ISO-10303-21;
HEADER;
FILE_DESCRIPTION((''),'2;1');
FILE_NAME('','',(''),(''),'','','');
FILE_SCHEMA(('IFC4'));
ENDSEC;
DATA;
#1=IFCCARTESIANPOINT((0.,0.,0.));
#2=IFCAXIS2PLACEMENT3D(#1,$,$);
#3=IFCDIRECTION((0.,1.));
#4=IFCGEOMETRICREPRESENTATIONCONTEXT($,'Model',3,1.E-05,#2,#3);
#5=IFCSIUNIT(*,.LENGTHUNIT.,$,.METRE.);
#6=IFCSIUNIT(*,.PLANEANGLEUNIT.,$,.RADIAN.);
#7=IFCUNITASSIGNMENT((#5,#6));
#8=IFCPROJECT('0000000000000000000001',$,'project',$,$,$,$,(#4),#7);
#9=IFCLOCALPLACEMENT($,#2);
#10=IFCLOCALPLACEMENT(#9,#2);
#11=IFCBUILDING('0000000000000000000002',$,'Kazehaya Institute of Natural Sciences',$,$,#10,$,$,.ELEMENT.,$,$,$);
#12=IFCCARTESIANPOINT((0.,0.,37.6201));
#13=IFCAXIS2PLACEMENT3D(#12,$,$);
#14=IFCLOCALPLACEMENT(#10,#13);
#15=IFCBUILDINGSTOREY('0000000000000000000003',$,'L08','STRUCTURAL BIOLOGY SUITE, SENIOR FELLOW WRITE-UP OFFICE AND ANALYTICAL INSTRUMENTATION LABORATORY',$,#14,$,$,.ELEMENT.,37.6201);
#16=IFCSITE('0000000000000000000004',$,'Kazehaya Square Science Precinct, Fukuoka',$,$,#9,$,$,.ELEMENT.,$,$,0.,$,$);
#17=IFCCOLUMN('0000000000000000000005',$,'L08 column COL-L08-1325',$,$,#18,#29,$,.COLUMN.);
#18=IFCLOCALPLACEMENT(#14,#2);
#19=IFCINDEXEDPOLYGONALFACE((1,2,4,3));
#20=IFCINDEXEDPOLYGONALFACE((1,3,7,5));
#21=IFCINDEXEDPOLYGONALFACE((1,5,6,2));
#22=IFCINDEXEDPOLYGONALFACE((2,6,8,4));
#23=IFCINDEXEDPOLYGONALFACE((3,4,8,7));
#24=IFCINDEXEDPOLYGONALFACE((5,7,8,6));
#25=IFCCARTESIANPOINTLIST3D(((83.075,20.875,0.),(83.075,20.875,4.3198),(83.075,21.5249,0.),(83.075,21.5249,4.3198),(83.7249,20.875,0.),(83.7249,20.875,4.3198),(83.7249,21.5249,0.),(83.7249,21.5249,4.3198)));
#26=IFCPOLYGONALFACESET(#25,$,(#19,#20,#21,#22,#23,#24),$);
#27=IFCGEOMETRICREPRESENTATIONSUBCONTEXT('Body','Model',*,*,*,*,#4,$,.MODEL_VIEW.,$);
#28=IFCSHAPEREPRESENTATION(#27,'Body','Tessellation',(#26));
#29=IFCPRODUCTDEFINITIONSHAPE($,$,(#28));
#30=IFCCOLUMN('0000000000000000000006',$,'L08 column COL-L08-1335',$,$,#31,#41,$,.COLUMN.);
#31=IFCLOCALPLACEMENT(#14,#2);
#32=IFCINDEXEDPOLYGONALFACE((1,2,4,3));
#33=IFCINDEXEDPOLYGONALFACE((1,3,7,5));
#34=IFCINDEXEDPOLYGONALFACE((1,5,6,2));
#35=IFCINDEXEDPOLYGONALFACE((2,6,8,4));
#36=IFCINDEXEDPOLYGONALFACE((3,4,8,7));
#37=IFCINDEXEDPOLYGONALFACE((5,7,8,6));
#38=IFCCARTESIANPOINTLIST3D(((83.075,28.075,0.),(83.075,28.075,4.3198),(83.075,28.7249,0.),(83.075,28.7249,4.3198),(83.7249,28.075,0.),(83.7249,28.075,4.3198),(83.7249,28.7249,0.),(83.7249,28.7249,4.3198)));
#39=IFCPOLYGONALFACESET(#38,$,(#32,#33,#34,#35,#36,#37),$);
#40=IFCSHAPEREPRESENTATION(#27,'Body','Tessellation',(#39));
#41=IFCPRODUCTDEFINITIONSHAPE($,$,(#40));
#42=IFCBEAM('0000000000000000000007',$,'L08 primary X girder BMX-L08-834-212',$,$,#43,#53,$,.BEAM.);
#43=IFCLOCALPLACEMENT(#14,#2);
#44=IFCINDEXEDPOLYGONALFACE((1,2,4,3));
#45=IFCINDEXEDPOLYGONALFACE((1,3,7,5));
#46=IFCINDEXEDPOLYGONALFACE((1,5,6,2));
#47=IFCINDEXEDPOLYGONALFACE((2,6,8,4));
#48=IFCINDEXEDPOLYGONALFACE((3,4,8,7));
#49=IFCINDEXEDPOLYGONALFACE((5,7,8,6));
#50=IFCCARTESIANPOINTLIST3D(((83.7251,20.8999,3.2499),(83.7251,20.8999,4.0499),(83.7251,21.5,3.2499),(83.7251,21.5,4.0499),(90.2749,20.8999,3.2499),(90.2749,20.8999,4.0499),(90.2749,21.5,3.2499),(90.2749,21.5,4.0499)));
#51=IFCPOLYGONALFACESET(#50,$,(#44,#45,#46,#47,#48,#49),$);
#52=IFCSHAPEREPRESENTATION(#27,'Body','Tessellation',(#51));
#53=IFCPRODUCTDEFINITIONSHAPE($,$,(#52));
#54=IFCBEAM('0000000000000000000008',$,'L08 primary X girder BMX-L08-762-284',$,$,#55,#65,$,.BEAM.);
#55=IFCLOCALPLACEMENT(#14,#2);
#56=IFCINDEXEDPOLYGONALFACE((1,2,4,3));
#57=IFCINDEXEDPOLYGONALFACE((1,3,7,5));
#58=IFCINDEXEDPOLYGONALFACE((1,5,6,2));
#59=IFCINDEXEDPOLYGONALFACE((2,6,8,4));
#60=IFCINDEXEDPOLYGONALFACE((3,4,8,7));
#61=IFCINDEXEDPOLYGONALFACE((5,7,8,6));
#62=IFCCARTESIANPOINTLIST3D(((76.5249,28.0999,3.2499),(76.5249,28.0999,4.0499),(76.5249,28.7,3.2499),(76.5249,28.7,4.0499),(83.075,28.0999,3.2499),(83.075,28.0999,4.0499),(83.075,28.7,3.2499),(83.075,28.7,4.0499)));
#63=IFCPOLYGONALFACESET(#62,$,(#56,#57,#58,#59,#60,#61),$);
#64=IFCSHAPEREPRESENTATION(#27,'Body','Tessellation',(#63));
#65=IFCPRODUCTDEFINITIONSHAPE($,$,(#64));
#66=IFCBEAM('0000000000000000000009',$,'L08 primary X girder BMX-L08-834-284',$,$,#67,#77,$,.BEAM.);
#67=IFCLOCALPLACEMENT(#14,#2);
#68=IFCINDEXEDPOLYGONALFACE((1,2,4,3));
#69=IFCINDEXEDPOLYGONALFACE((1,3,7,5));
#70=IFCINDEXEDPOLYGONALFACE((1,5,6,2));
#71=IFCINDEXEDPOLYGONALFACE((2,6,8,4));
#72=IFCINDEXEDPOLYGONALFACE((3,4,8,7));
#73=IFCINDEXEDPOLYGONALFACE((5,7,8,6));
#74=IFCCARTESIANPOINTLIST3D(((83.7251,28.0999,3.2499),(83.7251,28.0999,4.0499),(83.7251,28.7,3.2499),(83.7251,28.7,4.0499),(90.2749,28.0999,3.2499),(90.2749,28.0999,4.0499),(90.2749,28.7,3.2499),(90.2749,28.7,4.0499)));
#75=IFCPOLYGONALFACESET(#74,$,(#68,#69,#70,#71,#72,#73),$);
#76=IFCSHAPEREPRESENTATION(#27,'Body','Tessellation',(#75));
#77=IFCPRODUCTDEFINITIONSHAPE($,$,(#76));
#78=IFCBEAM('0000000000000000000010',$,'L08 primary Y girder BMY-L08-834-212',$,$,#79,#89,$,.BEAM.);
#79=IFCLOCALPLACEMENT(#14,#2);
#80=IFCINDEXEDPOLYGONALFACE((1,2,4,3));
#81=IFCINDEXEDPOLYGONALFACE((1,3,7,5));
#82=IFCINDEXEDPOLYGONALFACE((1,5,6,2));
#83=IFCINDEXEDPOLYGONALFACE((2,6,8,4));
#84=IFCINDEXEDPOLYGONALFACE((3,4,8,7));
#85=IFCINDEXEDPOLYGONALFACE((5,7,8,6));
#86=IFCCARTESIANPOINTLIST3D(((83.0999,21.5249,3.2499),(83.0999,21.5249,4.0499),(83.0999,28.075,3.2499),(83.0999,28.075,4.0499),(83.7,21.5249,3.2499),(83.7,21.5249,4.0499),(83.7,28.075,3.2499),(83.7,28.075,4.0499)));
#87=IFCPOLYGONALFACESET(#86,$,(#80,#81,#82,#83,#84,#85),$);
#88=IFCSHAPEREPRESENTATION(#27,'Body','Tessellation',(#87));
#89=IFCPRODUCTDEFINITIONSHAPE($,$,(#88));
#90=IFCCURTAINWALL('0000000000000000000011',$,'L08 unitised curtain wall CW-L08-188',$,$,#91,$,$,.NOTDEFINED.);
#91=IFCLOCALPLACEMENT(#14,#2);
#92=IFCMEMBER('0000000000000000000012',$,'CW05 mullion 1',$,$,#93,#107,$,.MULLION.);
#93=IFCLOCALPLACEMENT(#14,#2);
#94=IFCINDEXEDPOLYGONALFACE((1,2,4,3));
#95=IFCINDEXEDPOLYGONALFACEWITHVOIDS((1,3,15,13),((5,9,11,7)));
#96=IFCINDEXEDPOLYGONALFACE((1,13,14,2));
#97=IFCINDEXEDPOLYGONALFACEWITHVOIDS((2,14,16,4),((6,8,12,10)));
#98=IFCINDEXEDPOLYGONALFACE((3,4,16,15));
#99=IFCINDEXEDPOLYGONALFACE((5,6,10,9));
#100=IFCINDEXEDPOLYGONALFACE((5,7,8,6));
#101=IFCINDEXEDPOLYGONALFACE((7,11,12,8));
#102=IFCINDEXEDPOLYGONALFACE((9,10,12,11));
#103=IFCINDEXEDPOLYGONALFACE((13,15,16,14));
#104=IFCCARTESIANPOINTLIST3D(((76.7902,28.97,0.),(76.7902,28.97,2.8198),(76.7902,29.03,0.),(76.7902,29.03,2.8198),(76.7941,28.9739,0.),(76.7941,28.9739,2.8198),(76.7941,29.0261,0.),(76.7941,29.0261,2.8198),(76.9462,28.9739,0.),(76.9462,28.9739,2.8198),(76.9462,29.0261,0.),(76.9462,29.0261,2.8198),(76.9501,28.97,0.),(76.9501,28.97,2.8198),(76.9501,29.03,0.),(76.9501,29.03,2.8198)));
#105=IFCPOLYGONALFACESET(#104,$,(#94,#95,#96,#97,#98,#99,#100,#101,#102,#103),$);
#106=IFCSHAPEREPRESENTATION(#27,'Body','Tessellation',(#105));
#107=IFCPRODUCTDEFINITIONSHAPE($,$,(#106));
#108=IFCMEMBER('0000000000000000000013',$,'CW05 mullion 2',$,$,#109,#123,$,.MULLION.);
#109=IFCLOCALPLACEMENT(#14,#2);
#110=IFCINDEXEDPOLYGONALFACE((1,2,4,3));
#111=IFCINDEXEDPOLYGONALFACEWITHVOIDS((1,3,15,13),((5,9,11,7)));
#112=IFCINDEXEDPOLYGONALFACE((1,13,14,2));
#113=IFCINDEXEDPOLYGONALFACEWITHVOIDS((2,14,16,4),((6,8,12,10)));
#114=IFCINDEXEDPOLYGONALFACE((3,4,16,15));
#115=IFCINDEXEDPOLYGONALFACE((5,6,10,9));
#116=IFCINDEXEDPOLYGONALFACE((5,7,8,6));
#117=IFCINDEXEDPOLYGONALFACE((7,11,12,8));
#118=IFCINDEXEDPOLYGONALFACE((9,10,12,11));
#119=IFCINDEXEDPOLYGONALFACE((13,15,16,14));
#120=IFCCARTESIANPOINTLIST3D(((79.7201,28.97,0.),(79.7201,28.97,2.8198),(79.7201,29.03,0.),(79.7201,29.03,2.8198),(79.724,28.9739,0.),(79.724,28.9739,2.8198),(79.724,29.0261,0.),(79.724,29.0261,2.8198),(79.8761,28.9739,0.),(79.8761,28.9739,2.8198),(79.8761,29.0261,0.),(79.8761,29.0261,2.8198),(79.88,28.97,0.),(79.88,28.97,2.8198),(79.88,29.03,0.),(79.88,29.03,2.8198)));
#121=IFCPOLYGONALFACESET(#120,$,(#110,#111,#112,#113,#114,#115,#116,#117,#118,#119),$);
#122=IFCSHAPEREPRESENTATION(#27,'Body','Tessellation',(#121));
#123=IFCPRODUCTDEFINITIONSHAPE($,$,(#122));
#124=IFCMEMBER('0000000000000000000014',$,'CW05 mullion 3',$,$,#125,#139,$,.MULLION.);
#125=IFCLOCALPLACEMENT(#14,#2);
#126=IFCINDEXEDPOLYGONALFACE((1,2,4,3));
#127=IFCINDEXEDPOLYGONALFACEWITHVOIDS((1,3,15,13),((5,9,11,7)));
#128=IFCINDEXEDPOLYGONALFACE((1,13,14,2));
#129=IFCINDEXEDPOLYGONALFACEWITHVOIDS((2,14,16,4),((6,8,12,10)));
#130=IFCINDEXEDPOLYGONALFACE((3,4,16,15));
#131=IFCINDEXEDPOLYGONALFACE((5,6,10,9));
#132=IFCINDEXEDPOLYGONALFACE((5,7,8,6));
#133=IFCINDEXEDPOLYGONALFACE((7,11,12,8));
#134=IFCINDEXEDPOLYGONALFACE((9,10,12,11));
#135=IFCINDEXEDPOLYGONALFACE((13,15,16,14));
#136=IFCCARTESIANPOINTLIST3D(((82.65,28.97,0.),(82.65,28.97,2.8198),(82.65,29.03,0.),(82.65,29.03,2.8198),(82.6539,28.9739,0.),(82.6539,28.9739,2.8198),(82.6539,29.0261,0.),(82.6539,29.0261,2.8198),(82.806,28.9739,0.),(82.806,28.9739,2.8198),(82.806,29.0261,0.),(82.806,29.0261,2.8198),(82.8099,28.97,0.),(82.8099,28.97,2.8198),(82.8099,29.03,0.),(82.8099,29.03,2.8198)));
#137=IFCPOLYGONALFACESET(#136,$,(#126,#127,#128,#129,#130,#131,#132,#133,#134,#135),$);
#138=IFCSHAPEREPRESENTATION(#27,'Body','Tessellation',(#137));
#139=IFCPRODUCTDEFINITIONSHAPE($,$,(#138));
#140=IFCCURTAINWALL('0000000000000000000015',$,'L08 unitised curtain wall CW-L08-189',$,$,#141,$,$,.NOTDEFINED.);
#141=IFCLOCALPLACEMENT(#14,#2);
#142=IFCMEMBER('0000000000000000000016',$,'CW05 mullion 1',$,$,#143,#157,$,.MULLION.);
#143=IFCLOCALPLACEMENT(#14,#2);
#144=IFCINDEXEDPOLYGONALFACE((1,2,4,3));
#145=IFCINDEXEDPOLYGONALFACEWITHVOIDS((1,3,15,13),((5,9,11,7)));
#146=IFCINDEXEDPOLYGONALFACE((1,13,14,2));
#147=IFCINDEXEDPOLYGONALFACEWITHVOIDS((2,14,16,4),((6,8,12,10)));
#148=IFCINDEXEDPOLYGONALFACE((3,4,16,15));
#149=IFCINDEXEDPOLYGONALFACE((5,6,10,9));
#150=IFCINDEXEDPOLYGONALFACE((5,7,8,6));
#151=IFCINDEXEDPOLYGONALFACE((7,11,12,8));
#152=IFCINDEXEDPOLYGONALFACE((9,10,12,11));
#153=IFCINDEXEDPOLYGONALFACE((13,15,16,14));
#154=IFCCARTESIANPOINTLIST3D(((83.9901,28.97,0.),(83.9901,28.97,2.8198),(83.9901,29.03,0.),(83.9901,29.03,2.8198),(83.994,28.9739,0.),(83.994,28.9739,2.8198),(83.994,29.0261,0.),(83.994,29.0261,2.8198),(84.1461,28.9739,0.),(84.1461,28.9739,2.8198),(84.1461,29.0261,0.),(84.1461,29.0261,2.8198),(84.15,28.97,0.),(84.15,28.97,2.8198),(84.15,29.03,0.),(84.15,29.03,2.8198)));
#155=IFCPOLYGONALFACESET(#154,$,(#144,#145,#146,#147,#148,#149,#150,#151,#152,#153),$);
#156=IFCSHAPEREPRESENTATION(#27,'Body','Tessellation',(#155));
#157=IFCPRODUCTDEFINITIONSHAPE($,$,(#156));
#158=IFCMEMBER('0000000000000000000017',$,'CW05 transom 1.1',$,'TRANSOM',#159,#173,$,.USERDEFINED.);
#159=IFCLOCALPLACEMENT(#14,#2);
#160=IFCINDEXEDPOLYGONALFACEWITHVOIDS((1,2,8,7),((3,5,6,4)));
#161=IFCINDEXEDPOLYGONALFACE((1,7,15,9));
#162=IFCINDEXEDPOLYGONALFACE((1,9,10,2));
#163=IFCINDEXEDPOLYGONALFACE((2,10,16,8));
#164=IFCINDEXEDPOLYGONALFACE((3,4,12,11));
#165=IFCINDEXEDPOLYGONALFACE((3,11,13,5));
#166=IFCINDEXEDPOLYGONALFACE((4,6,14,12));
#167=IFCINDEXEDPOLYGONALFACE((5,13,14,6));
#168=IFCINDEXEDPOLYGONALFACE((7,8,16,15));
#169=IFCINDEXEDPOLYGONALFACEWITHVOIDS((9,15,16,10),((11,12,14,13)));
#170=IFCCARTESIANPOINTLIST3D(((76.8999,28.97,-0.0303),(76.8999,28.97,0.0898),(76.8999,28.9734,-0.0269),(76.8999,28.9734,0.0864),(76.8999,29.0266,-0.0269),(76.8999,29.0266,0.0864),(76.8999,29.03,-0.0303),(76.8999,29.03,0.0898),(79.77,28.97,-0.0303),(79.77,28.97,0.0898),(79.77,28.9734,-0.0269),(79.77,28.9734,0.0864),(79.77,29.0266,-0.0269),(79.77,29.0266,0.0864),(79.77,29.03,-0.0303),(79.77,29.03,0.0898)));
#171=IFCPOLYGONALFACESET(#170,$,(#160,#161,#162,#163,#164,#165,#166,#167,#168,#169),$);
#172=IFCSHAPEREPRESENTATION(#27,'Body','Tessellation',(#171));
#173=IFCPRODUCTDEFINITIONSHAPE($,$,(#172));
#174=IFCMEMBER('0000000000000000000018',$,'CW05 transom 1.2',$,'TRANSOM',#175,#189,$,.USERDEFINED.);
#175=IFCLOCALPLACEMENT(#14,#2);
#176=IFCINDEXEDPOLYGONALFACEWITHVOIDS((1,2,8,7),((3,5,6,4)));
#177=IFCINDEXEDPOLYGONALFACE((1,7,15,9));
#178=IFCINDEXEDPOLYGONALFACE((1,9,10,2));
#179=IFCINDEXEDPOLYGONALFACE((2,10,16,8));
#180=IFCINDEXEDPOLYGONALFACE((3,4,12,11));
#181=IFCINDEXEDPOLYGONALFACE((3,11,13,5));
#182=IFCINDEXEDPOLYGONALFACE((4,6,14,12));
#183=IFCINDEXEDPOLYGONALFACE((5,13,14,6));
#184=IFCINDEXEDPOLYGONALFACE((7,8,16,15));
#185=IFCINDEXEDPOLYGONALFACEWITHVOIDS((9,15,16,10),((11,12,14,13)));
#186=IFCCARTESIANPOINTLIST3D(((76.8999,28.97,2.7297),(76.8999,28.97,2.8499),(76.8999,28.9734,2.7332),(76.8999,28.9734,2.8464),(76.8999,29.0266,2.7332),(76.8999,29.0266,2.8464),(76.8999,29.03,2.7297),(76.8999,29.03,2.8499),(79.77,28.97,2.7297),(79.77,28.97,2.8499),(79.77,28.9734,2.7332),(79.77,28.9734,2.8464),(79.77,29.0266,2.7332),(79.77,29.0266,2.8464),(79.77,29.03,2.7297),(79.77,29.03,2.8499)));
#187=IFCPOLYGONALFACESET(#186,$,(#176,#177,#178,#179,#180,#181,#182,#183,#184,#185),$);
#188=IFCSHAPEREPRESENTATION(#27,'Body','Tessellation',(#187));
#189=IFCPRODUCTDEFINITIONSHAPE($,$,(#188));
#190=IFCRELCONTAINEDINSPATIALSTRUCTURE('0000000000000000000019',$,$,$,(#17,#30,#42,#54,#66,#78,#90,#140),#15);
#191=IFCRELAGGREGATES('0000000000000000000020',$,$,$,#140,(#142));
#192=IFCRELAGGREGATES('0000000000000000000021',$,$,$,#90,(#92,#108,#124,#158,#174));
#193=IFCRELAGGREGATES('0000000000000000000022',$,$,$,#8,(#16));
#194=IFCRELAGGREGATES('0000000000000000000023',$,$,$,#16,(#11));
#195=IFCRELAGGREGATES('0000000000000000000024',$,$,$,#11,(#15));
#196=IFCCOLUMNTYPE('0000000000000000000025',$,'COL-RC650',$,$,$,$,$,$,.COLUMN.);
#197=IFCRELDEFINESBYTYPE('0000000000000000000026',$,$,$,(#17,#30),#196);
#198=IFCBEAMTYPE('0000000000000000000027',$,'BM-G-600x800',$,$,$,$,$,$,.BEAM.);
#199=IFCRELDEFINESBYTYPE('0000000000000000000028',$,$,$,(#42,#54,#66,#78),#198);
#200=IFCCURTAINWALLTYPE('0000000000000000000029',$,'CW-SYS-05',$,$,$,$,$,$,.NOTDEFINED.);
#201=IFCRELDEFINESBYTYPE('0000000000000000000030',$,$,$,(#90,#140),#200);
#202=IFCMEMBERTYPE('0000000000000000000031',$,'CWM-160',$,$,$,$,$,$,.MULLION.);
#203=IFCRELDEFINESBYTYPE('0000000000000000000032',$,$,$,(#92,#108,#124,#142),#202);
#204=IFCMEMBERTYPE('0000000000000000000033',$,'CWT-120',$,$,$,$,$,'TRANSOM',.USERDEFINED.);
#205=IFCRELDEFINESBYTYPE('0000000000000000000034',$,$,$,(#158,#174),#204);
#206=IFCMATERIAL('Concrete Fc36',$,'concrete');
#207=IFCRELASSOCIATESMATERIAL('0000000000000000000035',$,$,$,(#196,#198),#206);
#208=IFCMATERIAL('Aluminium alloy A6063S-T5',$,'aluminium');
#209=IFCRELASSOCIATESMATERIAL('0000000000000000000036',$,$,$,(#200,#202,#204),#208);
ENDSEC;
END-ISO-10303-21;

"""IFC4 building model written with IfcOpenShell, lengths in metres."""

from ifc_helpers import new_model, si_unit, direction, frame, origin, origin_2d, place, context, subcontext, project, spatial, rectangle, hollow_rectangle, extrude, material, material_profile, profile_set, type_object, element, aggregate, save


model = new_model("IFC4")

# Units and contexts
model_context = context("Model", 3, precision=1e-05, world=origin(), true_north=direction((0.0, 1.0)))
body_context = subcontext(model_context, "Body", "Model", "MODEL_VIEW")
ifc_project = project(units=[si_unit("LENGTHUNIT", "METRE"), si_unit("PLANEANGLEUNIT", "RADIAN")], contexts=[model_context])

# Site, building, storey
site_placement = place(None, origin())
site = spatial("IfcSite", under=ifc_project, at=site_placement, Name="Kazehaya Square Science Precinct, Fukuoka", CompositionType="ELEMENT", RefElevation=0.0)
building_placement = place(site_placement, origin())
building = spatial("IfcBuilding", under=site, at=building_placement, Name="Kazehaya Institute of Natural Sciences", CompositionType="ELEMENT")
storey_placement = place(building_placement, frame((0.0, 0.0, 37.6201)))
storey = spatial("IfcBuildingStorey", under=building, at=storey_placement, Name="L08", Description="STRUCTURAL BIOLOGY SUITE, SENIOR FELLOW WRITE-UP OFFICE AND ANALYTICAL INSTRUMENTATION LABORATORY", CompositionType="ELEMENT", Elevation=37.6201)

# Columns
ifc_material_1 = material(Name="Concrete Fc36", Category="concrete")
ifc_material_profile_1 = material_profile(ifc_material_1, rectangle(XDim=0.6499, YDim=0.6499, at=origin_2d()), Name="RC-650x650")
ifc_profile_set_1 = profile_set([ifc_material_profile_1], Name="Concrete Fc36")
column_type = type_object("IfcColumnType", Name="COL-RC650", PredefinedType="COLUMN", material=ifc_profile_set_1)
for number, where, z_axis, x_axis, name in (
    (1, (83.3999, 21.2, 0.0), (0.0, 0.0, 1.0), (1.0, 0.0, 0.0), "L08 column COL-L08-1325"),
    (2, (83.3999, 28.3999, 0.0), (0.0, 0.0, 1.0), (1.0, 0.0, 0.0), "L08 column COL-L08-1335"),
):
    element("IfcColumn", number, at=place(storey_placement, frame(where, z_axis=z_axis, x_axis=x_axis)), inside=storey, type_object=column_type, Name=name, PredefinedType="COLUMN", context=body_context, shape_type="SweptSolid", body=[
        extrude(rectangle(XDim=0.6499, YDim=0.6499, at=origin_2d()), origin(), (0.0, 0.0, 1.0), 4.3198),
    ])

# Beams
ifc_material_profile_2 = material_profile(ifc_material_1, rectangle(XDim=0.6001, YDim=0.8, at=origin_2d()), Name="RC-600x800")
ifc_profile_set_2 = profile_set([ifc_material_profile_2], Name="Concrete Fc36")
beam_type = type_object("IfcBeamType", Name="BM-G-600x800", PredefinedType="BEAM", material=ifc_profile_set_2)
beam_1_placement = place(storey_placement, frame((83.7251, 21.2, 3.6499), z_axis=(1.0, 0.0, 0.0), x_axis=(0.0, 1.0, 0.0)))
element("IfcBeam", 3, at=beam_1_placement, inside=storey, type_object=beam_type, Name="L08 primary X girder BMX-L08-834-212", PredefinedType="BEAM", context=body_context, shape_type="SweptSolid", body=[
    extrude(rectangle(XDim=0.6001, YDim=0.8, at=origin_2d()), origin(), (0.0, 0.0, 1.0), 6.5498),
])
beam_2_placement = place(storey_placement, frame((76.5249, 28.3999, 3.6499), z_axis=(1.0, 0.0, 0.0), x_axis=(0.0, 1.0, 0.0)))
element("IfcBeam", 4, at=beam_2_placement, inside=storey, type_object=beam_type, Name="L08 primary X girder BMX-L08-762-284", PredefinedType="BEAM", context=body_context, shape_type="SweptSolid", body=[
    extrude(rectangle(XDim=0.6001, YDim=0.8, at=origin_2d()), origin(), (0.0, 0.0, 1.0), 6.55),
])
beam_3_placement = place(storey_placement, frame((83.7251, 28.3999, 3.6499), z_axis=(1.0, 0.0, 0.0), x_axis=(0.0, 1.0, 0.0)))
element("IfcBeam", 5, at=beam_3_placement, inside=storey, type_object=beam_type, Name="L08 primary X girder BMX-L08-834-284", PredefinedType="BEAM", context=body_context, shape_type="SweptSolid", body=[
    extrude(rectangle(XDim=0.6001, YDim=0.8, at=origin_2d()), origin(), (0.0, 0.0, 1.0), 6.5498),
])
beam_4_placement = place(storey_placement, frame((83.3999, 21.5249, 3.6499), z_axis=(0.0, 1.0, 0.0), x_axis=(-1.0, 0.0, 0.0)))
element("IfcBeam", 6, at=beam_4_placement, inside=storey, type_object=beam_type, Name="L08 primary Y girder BMY-L08-834-212", PredefinedType="BEAM", context=body_context, shape_type="SweptSolid", body=[
    extrude(rectangle(XDim=0.6001, YDim=0.8, at=origin_2d()), origin(), (0.0, 0.0, 1.0), 6.55),
])

# Curtain wall, members
ifc_material_2 = material(Name="Aluminium alloy A6063S-T5", Category="aluminium")
curtain_wall_type = type_object("IfcCurtainWallType", Name="CW-SYS-05", PredefinedType="NOTDEFINED", material=ifc_material_2)
curtain_wall_1_placement = place(storey_placement, origin())
curtain_wall_1 = element("IfcCurtainWall", 7, at=curtain_wall_1_placement, inside=storey, type_object=curtain_wall_type, Name="L08 unitised curtain wall CW-L08-188", PredefinedType="NOTDEFINED")
ifc_material_profile_3 = material_profile(ifc_material_2, hollow_rectangle(XDim=0.0601, YDim=0.1599, WallThickness=0.0039, at=origin_2d()), Name="ALU-60x160x4")
ifc_profile_set_3 = profile_set([ifc_material_profile_3], Name="Aluminium alloy A6063S-T5")
member_type_1 = type_object("IfcMemberType", Name="CWM-160", PredefinedType="MULLION", material=ifc_profile_set_3)
member_1_placement = place(storey_placement, frame((76.8701, 29.0, 0.0), z_axis=(0.0, 0.0, 1.0), x_axis=(0.0, 1.0, 0.0)))
member_1 = element("IfcMember", 8, at=member_1_placement, type_object=member_type_1, Name="CW05 mullion 1", PredefinedType="MULLION", context=body_context, shape_type="SweptSolid", body=[
    extrude(hollow_rectangle(XDim=0.0601, YDim=0.1599, WallThickness=0.0039, at=origin_2d()), origin(), (0.0, 0.0, 1.0), 2.8198),
])
member_2_placement = place(storey_placement, frame((79.8, 29.0, 0.0), z_axis=(0.0, 0.0, 1.0), x_axis=(0.0, 1.0, 0.0)))
member_2 = element("IfcMember", 9, at=member_2_placement, type_object=member_type_1, Name="CW05 mullion 2", PredefinedType="MULLION", context=body_context, shape_type="SweptSolid", body=[
    extrude(hollow_rectangle(XDim=0.0601, YDim=0.1599, WallThickness=0.0039, at=origin_2d()), origin(), (0.0, 0.0, 1.0), 2.8198),
])
member_3_placement = place(storey_placement, frame((82.73, 29.0, 0.0), z_axis=(0.0, 0.0, 1.0), x_axis=(0.0, 1.0, 0.0)))
member_3 = element("IfcMember", 10, at=member_3_placement, type_object=member_type_1, Name="CW05 mullion 3", PredefinedType="MULLION", context=body_context, shape_type="SweptSolid", body=[
    extrude(hollow_rectangle(XDim=0.0601, YDim=0.1599, WallThickness=0.0039, at=origin_2d()), origin(), (0.0, 0.0, 1.0), 2.8198),
])

# Curtain wall, member
curtain_wall_2_placement = place(storey_placement, origin())
curtain_wall_2 = element("IfcCurtainWall", 11, at=curtain_wall_2_placement, inside=storey, type_object=curtain_wall_type, Name="L08 unitised curtain wall CW-L08-189", PredefinedType="NOTDEFINED")
member_4_placement = place(storey_placement, frame((84.0701, 29.0, 0.0), z_axis=(0.0, 0.0, 1.0), x_axis=(0.0, 1.0, 0.0)))
member_4 = element("IfcMember", 12, at=member_4_placement, type_object=member_type_1, Name="CW05 mullion 1", PredefinedType="MULLION", context=body_context, shape_type="SweptSolid", body=[
    extrude(hollow_rectangle(XDim=0.0601, YDim=0.1599, WallThickness=0.0039, at=origin_2d()), origin(), (0.0, 0.0, 1.0), 2.8198),
])

# Members
ifc_material_profile_4 = material_profile(ifc_material_2, hollow_rectangle(XDim=0.0601, YDim=0.1201, WallThickness=0.0034, at=origin_2d()), Name="ALU-60x120x3.5")
ifc_profile_set_4 = profile_set([ifc_material_profile_4], Name="Aluminium alloy A6063S-T5")
member_type_2 = type_object("IfcMemberType", Name="CWT-120", ElementType="TRANSOM", PredefinedType="USERDEFINED", material=ifc_profile_set_4)
member_5_placement = place(storey_placement, frame((76.8999, 29.0, 0.0298), z_axis=(1.0, 0.0, 0.0), x_axis=(0.0, 1.0, 0.0)))
member_5 = element("IfcMember", 13, at=member_5_placement, type_object=member_type_2, Name="CW05 transom 1.1", ObjectType="TRANSOM", PredefinedType="USERDEFINED", context=body_context, shape_type="SweptSolid", body=[
    extrude(hollow_rectangle(XDim=0.0601, YDim=0.1201, WallThickness=0.0034, at=origin_2d()), origin(), (0.0, 0.0, 1.0), 2.8701),
])
member_6_placement = place(storey_placement, frame((76.8999, 29.0, 2.7898), z_axis=(1.0, 0.0, 0.0), x_axis=(0.0, 1.0, 0.0)))
member_6 = element("IfcMember", 14, at=member_6_placement, type_object=member_type_2, Name="CW05 transom 1.2", ObjectType="TRANSOM", PredefinedType="USERDEFINED", context=body_context, shape_type="SweptSolid", body=[
    extrude(hollow_rectangle(XDim=0.0601, YDim=0.1201, WallThickness=0.0034, at=origin_2d()), origin(), (0.0, 0.0, 1.0), 2.8701),
])
aggregate(curtain_wall_2, [member_4])

aggregate(curtain_wall_1, [member_1, member_2, member_3, member_5, member_6])

save(model, "model.ifc")
